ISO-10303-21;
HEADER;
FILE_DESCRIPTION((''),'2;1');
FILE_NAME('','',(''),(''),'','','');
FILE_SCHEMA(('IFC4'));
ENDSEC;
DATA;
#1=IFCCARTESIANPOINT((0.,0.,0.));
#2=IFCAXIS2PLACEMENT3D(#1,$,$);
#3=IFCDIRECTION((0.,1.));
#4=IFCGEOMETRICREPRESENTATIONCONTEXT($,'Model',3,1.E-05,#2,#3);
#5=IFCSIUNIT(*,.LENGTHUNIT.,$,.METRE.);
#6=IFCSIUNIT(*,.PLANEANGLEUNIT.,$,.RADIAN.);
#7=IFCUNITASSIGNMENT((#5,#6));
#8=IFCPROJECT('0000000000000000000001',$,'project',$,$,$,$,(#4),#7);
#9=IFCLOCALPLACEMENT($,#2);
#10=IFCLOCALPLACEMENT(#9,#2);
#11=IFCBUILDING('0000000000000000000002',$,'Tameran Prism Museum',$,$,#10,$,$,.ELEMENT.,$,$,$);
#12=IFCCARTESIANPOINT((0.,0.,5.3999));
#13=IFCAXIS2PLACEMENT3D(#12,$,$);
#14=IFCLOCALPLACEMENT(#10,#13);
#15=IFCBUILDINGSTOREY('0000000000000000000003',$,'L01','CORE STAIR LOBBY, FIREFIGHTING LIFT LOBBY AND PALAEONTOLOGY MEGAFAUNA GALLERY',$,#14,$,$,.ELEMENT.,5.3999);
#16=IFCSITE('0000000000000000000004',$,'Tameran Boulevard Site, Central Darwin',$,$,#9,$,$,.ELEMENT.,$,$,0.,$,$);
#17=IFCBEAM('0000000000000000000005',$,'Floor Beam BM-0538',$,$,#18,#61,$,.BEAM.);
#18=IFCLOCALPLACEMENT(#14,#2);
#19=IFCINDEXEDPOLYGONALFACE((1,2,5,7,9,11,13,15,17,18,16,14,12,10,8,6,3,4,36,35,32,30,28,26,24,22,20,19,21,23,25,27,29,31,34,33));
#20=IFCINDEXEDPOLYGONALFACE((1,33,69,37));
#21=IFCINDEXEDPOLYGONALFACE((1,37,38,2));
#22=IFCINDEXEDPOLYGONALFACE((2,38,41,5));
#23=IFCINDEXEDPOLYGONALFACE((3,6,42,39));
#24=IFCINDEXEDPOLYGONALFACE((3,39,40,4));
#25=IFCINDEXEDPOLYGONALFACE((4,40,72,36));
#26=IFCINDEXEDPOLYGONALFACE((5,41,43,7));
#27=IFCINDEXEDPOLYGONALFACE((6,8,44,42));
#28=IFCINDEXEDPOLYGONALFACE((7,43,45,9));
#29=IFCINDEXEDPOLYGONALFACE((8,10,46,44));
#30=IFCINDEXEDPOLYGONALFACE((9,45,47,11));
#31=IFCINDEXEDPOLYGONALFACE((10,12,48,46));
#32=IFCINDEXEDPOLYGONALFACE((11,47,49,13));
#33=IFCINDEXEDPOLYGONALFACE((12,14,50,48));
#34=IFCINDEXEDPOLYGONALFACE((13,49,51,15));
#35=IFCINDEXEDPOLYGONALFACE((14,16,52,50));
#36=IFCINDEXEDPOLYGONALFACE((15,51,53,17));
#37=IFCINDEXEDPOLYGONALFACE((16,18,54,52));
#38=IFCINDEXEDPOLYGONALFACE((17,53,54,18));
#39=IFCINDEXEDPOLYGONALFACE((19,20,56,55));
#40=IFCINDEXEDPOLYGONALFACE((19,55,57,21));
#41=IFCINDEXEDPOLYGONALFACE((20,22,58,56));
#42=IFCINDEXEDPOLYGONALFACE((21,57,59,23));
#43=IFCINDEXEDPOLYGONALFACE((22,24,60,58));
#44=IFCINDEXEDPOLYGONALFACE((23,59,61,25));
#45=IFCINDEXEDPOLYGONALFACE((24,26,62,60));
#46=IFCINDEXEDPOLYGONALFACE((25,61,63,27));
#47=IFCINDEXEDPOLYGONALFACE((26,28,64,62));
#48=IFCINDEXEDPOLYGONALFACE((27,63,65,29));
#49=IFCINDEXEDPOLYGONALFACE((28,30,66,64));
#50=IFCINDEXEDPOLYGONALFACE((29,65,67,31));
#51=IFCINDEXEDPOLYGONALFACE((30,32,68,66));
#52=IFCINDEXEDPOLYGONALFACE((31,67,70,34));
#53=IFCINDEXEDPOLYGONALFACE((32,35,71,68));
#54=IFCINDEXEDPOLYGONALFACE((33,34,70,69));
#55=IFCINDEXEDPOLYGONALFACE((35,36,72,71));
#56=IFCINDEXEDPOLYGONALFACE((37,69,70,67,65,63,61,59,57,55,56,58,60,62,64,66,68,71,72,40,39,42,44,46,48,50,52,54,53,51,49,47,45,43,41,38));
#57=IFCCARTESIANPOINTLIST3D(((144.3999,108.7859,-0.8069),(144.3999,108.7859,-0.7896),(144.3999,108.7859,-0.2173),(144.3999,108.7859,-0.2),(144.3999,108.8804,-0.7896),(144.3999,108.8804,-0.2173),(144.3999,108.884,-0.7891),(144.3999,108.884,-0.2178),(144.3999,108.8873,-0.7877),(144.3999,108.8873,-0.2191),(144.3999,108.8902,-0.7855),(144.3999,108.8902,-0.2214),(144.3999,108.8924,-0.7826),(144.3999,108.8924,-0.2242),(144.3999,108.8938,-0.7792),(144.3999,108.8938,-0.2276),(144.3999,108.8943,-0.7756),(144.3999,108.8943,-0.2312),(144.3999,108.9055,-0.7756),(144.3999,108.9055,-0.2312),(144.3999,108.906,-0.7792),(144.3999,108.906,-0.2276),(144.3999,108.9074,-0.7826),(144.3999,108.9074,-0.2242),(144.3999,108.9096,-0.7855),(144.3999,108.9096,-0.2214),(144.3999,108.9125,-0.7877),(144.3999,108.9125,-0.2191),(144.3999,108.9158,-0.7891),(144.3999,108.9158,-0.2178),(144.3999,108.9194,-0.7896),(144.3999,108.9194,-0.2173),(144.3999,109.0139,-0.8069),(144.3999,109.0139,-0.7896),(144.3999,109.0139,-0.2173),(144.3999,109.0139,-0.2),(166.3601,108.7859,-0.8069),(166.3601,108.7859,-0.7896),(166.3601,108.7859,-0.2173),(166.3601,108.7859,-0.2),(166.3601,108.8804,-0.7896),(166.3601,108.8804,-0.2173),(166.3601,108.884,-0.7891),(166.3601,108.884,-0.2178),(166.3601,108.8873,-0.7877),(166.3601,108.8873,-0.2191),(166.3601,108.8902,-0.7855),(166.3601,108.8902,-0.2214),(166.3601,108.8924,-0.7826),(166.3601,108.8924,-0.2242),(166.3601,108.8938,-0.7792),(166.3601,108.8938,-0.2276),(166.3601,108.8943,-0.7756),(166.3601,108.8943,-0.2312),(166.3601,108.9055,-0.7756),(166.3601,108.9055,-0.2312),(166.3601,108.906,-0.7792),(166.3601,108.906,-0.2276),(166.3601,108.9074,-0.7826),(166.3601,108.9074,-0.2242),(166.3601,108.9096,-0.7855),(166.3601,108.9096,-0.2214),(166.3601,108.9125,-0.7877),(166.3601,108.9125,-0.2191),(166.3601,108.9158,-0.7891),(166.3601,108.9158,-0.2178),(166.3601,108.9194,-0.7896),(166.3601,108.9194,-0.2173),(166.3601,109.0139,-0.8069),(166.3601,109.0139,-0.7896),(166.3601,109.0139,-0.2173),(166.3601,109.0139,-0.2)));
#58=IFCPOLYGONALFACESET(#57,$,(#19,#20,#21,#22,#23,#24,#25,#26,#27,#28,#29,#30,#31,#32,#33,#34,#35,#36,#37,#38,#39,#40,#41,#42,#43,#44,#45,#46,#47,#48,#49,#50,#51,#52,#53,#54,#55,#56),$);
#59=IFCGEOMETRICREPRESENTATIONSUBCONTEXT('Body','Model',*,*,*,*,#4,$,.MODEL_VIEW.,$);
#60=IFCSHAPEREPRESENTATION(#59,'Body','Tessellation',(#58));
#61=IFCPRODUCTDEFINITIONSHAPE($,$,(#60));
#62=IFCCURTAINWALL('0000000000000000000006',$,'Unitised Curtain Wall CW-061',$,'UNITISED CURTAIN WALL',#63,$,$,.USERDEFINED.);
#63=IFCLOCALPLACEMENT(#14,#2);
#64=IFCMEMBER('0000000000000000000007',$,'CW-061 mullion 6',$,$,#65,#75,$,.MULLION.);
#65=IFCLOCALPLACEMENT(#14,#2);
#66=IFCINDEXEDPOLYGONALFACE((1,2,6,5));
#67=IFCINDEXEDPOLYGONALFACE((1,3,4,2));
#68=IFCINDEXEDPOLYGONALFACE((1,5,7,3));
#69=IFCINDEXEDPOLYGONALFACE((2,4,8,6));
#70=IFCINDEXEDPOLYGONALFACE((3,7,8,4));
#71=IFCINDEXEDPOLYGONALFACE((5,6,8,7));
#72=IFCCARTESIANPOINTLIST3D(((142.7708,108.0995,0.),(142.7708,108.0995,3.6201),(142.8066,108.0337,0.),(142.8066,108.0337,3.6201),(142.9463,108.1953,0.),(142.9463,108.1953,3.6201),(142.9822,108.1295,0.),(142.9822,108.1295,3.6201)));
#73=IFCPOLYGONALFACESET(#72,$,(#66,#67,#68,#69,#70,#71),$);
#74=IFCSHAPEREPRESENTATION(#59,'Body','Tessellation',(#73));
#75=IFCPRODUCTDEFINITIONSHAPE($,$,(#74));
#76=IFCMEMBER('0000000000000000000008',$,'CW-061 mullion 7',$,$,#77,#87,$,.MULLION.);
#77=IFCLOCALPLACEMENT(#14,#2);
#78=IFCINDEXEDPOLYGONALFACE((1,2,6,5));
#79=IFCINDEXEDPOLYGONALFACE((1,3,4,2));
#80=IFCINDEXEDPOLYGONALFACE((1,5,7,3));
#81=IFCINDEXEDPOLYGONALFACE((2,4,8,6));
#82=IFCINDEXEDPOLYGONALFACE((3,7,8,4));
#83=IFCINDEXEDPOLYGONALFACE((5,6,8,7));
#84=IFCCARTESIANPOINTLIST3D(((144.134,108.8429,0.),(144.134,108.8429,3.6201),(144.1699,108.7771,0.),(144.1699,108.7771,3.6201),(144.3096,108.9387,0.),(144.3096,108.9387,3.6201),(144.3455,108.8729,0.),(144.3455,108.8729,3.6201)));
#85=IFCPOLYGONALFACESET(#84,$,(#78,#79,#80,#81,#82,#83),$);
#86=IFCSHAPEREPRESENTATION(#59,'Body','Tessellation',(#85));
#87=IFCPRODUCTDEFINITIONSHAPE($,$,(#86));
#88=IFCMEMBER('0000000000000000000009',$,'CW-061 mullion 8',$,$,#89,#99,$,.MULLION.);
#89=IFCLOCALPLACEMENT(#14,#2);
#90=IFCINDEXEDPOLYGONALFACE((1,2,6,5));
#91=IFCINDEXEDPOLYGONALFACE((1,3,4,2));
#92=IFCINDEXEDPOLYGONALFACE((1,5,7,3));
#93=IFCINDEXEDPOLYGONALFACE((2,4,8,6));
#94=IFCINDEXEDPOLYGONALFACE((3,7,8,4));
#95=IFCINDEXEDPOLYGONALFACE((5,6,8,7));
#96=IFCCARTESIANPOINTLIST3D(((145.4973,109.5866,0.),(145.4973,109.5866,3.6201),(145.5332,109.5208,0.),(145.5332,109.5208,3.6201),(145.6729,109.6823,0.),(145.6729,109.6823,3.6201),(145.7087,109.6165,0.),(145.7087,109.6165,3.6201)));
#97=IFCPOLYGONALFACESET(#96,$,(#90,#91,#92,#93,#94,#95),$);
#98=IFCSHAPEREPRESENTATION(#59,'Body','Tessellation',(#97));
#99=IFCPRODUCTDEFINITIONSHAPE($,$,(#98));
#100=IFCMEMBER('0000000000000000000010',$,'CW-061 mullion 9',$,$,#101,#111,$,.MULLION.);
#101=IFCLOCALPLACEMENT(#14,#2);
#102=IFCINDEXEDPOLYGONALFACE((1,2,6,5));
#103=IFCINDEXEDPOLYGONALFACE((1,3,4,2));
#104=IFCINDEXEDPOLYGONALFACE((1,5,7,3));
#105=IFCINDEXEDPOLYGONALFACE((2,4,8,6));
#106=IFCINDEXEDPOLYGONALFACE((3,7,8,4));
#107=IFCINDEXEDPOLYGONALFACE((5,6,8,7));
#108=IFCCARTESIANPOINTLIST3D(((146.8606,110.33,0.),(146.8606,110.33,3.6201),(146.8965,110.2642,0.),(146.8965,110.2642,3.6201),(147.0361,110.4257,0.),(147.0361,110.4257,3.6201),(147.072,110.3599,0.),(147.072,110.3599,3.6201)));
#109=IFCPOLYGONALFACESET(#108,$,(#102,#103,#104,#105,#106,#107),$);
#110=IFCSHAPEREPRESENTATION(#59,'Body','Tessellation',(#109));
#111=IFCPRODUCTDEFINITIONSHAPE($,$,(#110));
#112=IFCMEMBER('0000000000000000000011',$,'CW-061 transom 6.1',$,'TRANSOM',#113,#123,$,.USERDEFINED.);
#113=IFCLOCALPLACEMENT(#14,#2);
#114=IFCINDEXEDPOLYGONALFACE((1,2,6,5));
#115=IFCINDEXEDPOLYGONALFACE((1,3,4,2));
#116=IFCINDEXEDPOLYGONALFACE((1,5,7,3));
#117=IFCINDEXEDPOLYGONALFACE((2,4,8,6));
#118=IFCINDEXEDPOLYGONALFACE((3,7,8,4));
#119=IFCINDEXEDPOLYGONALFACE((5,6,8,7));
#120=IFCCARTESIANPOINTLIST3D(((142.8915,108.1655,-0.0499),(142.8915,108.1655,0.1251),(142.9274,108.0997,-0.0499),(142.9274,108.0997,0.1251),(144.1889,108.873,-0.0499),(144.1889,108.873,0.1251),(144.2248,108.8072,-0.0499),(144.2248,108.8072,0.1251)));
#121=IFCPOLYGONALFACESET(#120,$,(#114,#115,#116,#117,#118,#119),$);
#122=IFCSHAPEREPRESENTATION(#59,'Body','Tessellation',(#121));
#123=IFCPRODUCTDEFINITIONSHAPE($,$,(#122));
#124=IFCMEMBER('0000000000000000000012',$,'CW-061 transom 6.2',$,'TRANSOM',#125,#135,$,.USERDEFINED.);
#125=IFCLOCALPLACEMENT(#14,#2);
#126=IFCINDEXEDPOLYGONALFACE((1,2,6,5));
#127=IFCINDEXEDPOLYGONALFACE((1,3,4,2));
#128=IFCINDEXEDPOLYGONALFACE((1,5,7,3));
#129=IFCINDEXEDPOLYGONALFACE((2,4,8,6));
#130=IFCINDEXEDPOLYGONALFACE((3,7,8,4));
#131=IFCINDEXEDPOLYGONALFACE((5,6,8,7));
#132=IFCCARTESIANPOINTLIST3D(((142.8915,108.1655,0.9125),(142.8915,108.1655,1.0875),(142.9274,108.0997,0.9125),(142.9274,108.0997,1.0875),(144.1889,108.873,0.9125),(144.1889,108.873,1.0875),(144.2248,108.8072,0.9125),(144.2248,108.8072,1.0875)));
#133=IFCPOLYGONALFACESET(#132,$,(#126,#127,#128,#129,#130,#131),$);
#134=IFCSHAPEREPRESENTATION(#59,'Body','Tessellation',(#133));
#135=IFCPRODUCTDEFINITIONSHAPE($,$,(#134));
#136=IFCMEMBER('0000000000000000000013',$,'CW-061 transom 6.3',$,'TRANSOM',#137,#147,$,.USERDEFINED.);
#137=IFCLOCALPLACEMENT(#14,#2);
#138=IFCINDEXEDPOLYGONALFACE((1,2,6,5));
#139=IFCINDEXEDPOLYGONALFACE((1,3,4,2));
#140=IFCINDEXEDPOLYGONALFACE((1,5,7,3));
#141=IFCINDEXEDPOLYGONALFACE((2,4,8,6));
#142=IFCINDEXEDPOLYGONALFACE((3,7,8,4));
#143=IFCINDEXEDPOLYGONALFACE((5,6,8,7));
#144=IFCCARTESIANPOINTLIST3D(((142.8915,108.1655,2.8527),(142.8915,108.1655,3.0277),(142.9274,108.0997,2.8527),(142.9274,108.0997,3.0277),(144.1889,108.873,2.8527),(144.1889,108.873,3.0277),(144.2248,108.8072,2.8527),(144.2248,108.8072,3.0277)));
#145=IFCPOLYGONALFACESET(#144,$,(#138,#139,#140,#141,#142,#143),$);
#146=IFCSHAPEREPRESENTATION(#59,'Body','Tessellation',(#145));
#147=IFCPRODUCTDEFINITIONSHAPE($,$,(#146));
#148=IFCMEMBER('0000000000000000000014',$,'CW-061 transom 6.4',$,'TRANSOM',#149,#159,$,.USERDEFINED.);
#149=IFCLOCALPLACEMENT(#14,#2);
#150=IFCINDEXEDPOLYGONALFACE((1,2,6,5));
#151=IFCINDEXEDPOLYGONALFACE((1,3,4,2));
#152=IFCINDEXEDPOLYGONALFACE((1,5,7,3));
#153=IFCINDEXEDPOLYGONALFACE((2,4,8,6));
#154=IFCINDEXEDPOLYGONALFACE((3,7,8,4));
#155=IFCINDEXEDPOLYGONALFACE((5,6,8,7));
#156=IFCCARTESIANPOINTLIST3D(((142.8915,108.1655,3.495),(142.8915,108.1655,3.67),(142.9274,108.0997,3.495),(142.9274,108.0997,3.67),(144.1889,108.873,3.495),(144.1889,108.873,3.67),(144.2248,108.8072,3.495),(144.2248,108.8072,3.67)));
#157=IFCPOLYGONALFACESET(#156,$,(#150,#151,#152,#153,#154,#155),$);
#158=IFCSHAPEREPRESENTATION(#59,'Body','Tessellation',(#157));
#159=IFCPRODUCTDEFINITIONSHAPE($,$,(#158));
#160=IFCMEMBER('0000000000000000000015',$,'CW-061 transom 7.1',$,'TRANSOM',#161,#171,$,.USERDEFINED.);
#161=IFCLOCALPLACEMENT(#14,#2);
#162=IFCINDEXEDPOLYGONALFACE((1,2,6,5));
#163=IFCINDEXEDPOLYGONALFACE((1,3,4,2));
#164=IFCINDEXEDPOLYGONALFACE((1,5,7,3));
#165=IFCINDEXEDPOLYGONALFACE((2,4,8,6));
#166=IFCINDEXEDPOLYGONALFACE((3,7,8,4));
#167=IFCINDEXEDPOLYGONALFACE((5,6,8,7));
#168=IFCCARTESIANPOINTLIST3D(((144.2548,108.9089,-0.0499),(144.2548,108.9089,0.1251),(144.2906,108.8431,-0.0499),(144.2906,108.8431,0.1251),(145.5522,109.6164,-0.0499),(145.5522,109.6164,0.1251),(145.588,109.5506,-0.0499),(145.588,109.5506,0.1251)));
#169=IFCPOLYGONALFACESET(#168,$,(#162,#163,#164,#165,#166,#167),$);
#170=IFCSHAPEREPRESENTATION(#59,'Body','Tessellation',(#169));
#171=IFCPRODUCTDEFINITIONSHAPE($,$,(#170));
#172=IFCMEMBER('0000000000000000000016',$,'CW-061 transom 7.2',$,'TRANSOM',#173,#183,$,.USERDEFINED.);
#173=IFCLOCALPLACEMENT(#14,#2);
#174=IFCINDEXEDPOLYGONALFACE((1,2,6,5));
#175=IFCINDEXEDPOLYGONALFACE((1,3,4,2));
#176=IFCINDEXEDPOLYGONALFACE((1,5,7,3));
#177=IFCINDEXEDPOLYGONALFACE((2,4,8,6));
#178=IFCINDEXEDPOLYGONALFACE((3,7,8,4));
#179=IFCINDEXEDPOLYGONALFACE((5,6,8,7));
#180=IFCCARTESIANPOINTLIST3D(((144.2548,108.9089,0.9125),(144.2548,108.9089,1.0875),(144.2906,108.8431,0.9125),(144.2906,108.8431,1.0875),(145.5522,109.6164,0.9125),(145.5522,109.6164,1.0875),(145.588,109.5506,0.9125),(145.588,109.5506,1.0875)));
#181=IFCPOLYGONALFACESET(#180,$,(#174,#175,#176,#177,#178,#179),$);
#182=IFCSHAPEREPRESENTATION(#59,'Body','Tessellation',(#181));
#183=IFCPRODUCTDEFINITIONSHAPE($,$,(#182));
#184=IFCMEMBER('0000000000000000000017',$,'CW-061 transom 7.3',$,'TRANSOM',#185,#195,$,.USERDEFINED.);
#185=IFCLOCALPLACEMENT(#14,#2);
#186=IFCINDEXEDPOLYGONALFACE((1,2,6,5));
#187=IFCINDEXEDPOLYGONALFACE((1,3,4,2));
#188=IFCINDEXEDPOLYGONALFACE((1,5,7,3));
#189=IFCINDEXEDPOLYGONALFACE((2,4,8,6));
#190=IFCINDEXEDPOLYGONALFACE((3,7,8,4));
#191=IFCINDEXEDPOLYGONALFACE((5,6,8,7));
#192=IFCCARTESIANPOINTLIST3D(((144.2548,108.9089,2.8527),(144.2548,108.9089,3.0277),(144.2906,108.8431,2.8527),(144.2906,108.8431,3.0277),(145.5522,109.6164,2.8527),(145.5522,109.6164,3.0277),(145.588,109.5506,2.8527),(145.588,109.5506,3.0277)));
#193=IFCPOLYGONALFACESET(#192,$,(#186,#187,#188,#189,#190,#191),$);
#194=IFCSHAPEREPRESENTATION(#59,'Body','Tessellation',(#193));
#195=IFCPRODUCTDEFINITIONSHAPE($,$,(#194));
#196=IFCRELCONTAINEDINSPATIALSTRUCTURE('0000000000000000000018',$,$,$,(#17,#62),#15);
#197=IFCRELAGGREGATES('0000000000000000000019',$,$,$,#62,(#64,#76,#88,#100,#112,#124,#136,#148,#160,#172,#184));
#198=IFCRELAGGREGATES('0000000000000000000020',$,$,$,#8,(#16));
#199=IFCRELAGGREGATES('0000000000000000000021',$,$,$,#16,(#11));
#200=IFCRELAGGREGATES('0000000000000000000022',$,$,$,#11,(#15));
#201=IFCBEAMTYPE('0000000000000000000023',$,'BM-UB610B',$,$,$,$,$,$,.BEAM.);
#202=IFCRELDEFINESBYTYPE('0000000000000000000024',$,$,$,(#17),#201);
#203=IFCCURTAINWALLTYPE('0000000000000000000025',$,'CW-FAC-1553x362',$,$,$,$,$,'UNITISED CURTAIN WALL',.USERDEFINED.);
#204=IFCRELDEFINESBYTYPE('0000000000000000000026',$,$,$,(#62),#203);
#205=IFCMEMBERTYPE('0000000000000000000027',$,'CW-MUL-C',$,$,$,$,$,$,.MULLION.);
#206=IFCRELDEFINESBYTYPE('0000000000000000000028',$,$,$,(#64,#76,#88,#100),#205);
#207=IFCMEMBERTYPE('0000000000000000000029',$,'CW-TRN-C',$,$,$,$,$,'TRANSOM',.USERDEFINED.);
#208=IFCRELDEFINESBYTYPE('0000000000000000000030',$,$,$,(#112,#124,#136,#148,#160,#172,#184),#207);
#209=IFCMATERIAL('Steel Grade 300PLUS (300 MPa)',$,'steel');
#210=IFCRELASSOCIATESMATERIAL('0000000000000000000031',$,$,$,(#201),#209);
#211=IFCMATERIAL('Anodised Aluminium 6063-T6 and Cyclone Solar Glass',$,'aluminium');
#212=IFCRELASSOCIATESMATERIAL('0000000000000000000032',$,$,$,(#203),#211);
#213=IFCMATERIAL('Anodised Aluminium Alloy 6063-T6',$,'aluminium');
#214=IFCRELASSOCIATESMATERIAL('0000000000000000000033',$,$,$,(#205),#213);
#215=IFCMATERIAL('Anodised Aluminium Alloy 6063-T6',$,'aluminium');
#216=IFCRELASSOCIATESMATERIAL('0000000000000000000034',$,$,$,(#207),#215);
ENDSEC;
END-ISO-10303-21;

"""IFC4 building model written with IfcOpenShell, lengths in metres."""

from ifc_helpers import new_model, si_unit, direction, frame, origin, origin_2d, place, context, subcontext, project, spatial, rectangle, i_section, extrude, material, material_profile, profile_set, type_object, element, aggregate, save


model = new_model("IFC4")

# Units and contexts
model_context = context("Model", 3, precision=1e-05, world=origin(), true_north=direction((0.0, 1.0)))
body_context = subcontext(model_context, "Body", "Model", "MODEL_VIEW")
ifc_project = project(units=[si_unit("LENGTHUNIT", "METRE"), si_unit("PLANEANGLEUNIT", "RADIAN")], contexts=[model_context])

# Site, building, storey
site_placement = place(None, origin())
site = spatial("IfcSite", under=ifc_project, at=site_placement, Name="Tameran Boulevard Site, Central Darwin", CompositionType="ELEMENT", RefElevation=0.0)
building_placement = place(site_placement, origin())
building = spatial("IfcBuilding", under=site, at=building_placement, Name="Tameran Prism Museum", CompositionType="ELEMENT")
storey_placement = place(building_placement, frame((0.0, 0.0, 5.3999)))
storey = spatial("IfcBuildingStorey", under=building, at=storey_placement, Name="L01", Description="CORE STAIR LOBBY, FIREFIGHTING LIFT LOBBY AND PALAEONTOLOGY MEGAFAUNA GALLERY", CompositionType="ELEMENT", Elevation=5.3999)

# Beam
ifc_material_1 = material(Name="Steel Grade 300PLUS (300 MPa)", Category="steel")
ifc_material_profile_1 = material_profile(ifc_material_1, i_section(OverallWidth=0.228, OverallDepth=0.6069, WebThickness=0.0112, FlangeThickness=0.0173, FilletRadius=0.0139, at=origin_2d()))
ifc_profile_set_1 = profile_set([ifc_material_profile_1])
beam_type = type_object("IfcBeamType", Name="BM-UB610B", PredefinedType="BEAM", material=ifc_profile_set_1)
beam_placement = place(storey_placement, frame((144.3999, 108.8999, -0.5034), z_axis=(1.0, 0.0, 0.0), x_axis=(0.0, 1.0, 0.0)))
element("IfcBeam", 1, at=beam_placement, inside=storey, type_object=beam_type, Name="Floor Beam BM-0538", PredefinedType="BEAM", context=body_context, shape_type="SweptSolid", body=[
    extrude(i_section(OverallWidth=0.228, OverallDepth=0.6069, WebThickness=0.0112, FlangeThickness=0.0173, FilletRadius=0.0139, at=origin_2d()), origin(), (0.0, 0.0, 1.0), 21.9602),
])

# Curtain wall, members
ifc_material_2 = material(Name="Anodised Aluminium 6063-T6 and Cyclone Solar Glass", Category="aluminium")
curtain_wall_type = type_object("IfcCurtainWallType", Name="CW-FAC-1553x362", ElementType="UNITISED CURTAIN WALL", PredefinedType="USERDEFINED", material=ifc_material_2)
curtain_wall_placement = place(storey_placement, origin())
curtain_wall = element("IfcCurtainWall", 2, at=curtain_wall_placement, inside=storey, type_object=curtain_wall_type, Name="Unitised Curtain Wall CW-061", ObjectType="UNITISED CURTAIN WALL", PredefinedType="USERDEFINED")
ifc_material_3 = material(Name="Anodised Aluminium Alloy 6063-T6", Category="aluminium")
ifc_material_profile_2 = material_profile(ifc_material_3, rectangle(XDim=0.075, YDim=0.2, at=origin_2d()))
ifc_profile_set_2 = profile_set([ifc_material_profile_2])
member_type_1 = type_object("IfcMemberType", Name="CW-MUL-C", PredefinedType="MULLION", material=ifc_profile_set_2)
member_1_placement = place(storey_placement, frame((142.8765, 108.1145, 0.0), z_axis=(0.0, 0.0, 1.0), x_axis=(-0.478793, 0.877928, 0.0)))
member_1 = element("IfcMember", 3, at=member_1_placement, type_object=member_type_1, Name="CW-061 mullion 6", PredefinedType="MULLION", context=body_context, shape_type="SweptSolid", body=[
    extrude(rectangle(XDim=0.075, YDim=0.2, at=origin_2d()), origin(), (0.0, 0.0, 1.0), 3.6201),
])
member_2_placement = place(storey_placement, frame((144.2397, 108.8579, 0.0), z_axis=(0.0, 0.0, 1.0), x_axis=(-0.478793, 0.877928, 0.0)))
member_2 = element("IfcMember", 4, at=member_2_placement, type_object=member_type_1, Name="CW-061 mullion 7", PredefinedType="MULLION", context=body_context, shape_type="SweptSolid", body=[
    extrude(rectangle(XDim=0.075, YDim=0.2, at=origin_2d()), origin(), (0.0, 0.0, 1.0), 3.6201),
])
member_3_placement = place(storey_placement, frame((145.603, 109.6016, 0.0), z_axis=(0.0, 0.0, 1.0), x_axis=(-0.478793, 0.877928, 0.0)))
member_3 = element("IfcMember", 5, at=member_3_placement, type_object=member_type_1, Name="CW-061 mullion 8", PredefinedType="MULLION", context=body_context, shape_type="SweptSolid", body=[
    extrude(rectangle(XDim=0.075, YDim=0.2, at=origin_2d()), origin(), (0.0, 0.0, 1.0), 3.6201),
])
member_4_placement = place(storey_placement, frame((146.9663, 110.345, 0.0), z_axis=(0.0, 0.0, 1.0), x_axis=(-0.478793, 0.877928, 0.0)))
member_4 = element("IfcMember", 6, at=member_4_placement, type_object=member_type_1, Name="CW-061 mullion 9", PredefinedType="MULLION", context=body_context, shape_type="SweptSolid", body=[
    extrude(rectangle(XDim=0.075, YDim=0.2, at=origin_2d()), origin(), (0.0, 0.0, 1.0), 3.6201),
])
ifc_material_4 = material(Name="Anodised Aluminium Alloy 6063-T6", Category="aluminium")
ifc_material_profile_3 = material_profile(ifc_material_4, rectangle(XDim=0.075, YDim=0.175, at=origin_2d()))
ifc_profile_set_3 = profile_set([ifc_material_profile_3])
member_type_2 = type_object("IfcMemberType", Name="CW-TRN-C", ElementType="TRANSOM", PredefinedType="USERDEFINED", material=ifc_profile_set_3)
member_5_placement = place(storey_placement, frame((142.9094, 108.1326, 0.0376), z_axis=(0.877933, 0.478783, 0.0), x_axis=(-0.478783, 0.877933, 0.0)))
member_5 = element("IfcMember", 7, at=member_5_placement, type_object=member_type_2, Name="CW-061 transom 6.1", ObjectType="TRANSOM", PredefinedType="USERDEFINED", context=body_context, shape_type="SweptSolid", body=[
    extrude(rectangle(XDim=0.075, YDim=0.175, at=origin_2d()), origin(), (0.0, 0.0, 1.0), 1.4778),
])
member_6_placement = place(storey_placement, frame((142.9094, 108.1326, 1.0), z_axis=(0.877933, 0.478783, 0.0), x_axis=(-0.478783, 0.877933, 0.0)))
member_6 = element("IfcMember", 8, at=member_6_placement, type_object=member_type_2, Name="CW-061 transom 6.2", ObjectType="TRANSOM", PredefinedType="USERDEFINED", context=body_context, shape_type="SweptSolid", body=[
    extrude(rectangle(XDim=0.075, YDim=0.175, at=origin_2d()), origin(), (0.0, 0.0, 1.0), 1.4778),
])
member_7_placement = place(storey_placement, frame((142.9094, 108.1326, 2.9402), z_axis=(0.877933, 0.478783, 0.0), x_axis=(-0.478783, 0.877933, 0.0)))
member_7 = element("IfcMember", 9, at=member_7_placement, type_object=member_type_2, Name="CW-061 transom 6.3", ObjectType="TRANSOM", PredefinedType="USERDEFINED", context=body_context, shape_type="SweptSolid", body=[
    extrude(rectangle(XDim=0.075, YDim=0.175, at=origin_2d()), origin(), (0.0, 0.0, 1.0), 1.4778),
])
member_8_placement = place(storey_placement, frame((142.9094, 108.1326, 3.5825), z_axis=(0.877933, 0.478783, 0.0), x_axis=(-0.478783, 0.877933, 0.0)))
member_8 = element("IfcMember", 10, at=member_8_placement, type_object=member_type_2, Name="CW-061 transom 6.4", ObjectType="TRANSOM", PredefinedType="USERDEFINED", context=body_context, shape_type="SweptSolid", body=[
    extrude(rectangle(XDim=0.075, YDim=0.175, at=origin_2d()), origin(), (0.0, 0.0, 1.0), 1.4778),
])
member_9_placement = place(storey_placement, frame((144.2727, 108.876, 0.0376), z_axis=(0.877933, 0.478783, 0.0), x_axis=(-0.478783, 0.877933, 0.0)))
member_9 = element("IfcMember", 11, at=member_9_placement, type_object=member_type_2, Name="CW-061 transom 7.1", ObjectType="TRANSOM", PredefinedType="USERDEFINED", context=body_context, shape_type="SweptSolid", body=[
    extrude(rectangle(XDim=0.075, YDim=0.175, at=origin_2d()), origin(), (0.0, 0.0, 1.0), 1.4778),
])
member_10_placement = place(storey_placement, frame((144.2727, 108.876, 1.0), z_axis=(0.877933, 0.478783, 0.0), x_axis=(-0.478783, 0.877933, 0.0)))
member_10 = element("IfcMember", 12, at=member_10_placement, type_object=member_type_2, Name="CW-061 transom 7.2", ObjectType="TRANSOM", PredefinedType="USERDEFINED", context=body_context, shape_type="SweptSolid", body=[
    extrude(rectangle(XDim=0.075, YDim=0.175, at=origin_2d()), origin(), (0.0, 0.0, 1.0), 1.4778),
])
member_11_placement = place(storey_placement, frame((144.2727, 108.876, 2.9402), z_axis=(0.877933, 0.478783, 0.0), x_axis=(-0.478783, 0.877933, 0.0)))
member_11 = element("IfcMember", 13, at=member_11_placement, type_object=member_type_2, Name="CW-061 transom 7.3", ObjectType="TRANSOM", PredefinedType="USERDEFINED", context=body_context, shape_type="SweptSolid", body=[
    extrude(rectangle(XDim=0.075, YDim=0.175, at=origin_2d()), origin(), (0.0, 0.0, 1.0), 1.4778),
])
aggregate(curtain_wall, [member_1, member_2, member_3, member_4, member_5, member_6, member_7, member_8, member_9, member_10, member_11])

save(model, "model.ifc")
